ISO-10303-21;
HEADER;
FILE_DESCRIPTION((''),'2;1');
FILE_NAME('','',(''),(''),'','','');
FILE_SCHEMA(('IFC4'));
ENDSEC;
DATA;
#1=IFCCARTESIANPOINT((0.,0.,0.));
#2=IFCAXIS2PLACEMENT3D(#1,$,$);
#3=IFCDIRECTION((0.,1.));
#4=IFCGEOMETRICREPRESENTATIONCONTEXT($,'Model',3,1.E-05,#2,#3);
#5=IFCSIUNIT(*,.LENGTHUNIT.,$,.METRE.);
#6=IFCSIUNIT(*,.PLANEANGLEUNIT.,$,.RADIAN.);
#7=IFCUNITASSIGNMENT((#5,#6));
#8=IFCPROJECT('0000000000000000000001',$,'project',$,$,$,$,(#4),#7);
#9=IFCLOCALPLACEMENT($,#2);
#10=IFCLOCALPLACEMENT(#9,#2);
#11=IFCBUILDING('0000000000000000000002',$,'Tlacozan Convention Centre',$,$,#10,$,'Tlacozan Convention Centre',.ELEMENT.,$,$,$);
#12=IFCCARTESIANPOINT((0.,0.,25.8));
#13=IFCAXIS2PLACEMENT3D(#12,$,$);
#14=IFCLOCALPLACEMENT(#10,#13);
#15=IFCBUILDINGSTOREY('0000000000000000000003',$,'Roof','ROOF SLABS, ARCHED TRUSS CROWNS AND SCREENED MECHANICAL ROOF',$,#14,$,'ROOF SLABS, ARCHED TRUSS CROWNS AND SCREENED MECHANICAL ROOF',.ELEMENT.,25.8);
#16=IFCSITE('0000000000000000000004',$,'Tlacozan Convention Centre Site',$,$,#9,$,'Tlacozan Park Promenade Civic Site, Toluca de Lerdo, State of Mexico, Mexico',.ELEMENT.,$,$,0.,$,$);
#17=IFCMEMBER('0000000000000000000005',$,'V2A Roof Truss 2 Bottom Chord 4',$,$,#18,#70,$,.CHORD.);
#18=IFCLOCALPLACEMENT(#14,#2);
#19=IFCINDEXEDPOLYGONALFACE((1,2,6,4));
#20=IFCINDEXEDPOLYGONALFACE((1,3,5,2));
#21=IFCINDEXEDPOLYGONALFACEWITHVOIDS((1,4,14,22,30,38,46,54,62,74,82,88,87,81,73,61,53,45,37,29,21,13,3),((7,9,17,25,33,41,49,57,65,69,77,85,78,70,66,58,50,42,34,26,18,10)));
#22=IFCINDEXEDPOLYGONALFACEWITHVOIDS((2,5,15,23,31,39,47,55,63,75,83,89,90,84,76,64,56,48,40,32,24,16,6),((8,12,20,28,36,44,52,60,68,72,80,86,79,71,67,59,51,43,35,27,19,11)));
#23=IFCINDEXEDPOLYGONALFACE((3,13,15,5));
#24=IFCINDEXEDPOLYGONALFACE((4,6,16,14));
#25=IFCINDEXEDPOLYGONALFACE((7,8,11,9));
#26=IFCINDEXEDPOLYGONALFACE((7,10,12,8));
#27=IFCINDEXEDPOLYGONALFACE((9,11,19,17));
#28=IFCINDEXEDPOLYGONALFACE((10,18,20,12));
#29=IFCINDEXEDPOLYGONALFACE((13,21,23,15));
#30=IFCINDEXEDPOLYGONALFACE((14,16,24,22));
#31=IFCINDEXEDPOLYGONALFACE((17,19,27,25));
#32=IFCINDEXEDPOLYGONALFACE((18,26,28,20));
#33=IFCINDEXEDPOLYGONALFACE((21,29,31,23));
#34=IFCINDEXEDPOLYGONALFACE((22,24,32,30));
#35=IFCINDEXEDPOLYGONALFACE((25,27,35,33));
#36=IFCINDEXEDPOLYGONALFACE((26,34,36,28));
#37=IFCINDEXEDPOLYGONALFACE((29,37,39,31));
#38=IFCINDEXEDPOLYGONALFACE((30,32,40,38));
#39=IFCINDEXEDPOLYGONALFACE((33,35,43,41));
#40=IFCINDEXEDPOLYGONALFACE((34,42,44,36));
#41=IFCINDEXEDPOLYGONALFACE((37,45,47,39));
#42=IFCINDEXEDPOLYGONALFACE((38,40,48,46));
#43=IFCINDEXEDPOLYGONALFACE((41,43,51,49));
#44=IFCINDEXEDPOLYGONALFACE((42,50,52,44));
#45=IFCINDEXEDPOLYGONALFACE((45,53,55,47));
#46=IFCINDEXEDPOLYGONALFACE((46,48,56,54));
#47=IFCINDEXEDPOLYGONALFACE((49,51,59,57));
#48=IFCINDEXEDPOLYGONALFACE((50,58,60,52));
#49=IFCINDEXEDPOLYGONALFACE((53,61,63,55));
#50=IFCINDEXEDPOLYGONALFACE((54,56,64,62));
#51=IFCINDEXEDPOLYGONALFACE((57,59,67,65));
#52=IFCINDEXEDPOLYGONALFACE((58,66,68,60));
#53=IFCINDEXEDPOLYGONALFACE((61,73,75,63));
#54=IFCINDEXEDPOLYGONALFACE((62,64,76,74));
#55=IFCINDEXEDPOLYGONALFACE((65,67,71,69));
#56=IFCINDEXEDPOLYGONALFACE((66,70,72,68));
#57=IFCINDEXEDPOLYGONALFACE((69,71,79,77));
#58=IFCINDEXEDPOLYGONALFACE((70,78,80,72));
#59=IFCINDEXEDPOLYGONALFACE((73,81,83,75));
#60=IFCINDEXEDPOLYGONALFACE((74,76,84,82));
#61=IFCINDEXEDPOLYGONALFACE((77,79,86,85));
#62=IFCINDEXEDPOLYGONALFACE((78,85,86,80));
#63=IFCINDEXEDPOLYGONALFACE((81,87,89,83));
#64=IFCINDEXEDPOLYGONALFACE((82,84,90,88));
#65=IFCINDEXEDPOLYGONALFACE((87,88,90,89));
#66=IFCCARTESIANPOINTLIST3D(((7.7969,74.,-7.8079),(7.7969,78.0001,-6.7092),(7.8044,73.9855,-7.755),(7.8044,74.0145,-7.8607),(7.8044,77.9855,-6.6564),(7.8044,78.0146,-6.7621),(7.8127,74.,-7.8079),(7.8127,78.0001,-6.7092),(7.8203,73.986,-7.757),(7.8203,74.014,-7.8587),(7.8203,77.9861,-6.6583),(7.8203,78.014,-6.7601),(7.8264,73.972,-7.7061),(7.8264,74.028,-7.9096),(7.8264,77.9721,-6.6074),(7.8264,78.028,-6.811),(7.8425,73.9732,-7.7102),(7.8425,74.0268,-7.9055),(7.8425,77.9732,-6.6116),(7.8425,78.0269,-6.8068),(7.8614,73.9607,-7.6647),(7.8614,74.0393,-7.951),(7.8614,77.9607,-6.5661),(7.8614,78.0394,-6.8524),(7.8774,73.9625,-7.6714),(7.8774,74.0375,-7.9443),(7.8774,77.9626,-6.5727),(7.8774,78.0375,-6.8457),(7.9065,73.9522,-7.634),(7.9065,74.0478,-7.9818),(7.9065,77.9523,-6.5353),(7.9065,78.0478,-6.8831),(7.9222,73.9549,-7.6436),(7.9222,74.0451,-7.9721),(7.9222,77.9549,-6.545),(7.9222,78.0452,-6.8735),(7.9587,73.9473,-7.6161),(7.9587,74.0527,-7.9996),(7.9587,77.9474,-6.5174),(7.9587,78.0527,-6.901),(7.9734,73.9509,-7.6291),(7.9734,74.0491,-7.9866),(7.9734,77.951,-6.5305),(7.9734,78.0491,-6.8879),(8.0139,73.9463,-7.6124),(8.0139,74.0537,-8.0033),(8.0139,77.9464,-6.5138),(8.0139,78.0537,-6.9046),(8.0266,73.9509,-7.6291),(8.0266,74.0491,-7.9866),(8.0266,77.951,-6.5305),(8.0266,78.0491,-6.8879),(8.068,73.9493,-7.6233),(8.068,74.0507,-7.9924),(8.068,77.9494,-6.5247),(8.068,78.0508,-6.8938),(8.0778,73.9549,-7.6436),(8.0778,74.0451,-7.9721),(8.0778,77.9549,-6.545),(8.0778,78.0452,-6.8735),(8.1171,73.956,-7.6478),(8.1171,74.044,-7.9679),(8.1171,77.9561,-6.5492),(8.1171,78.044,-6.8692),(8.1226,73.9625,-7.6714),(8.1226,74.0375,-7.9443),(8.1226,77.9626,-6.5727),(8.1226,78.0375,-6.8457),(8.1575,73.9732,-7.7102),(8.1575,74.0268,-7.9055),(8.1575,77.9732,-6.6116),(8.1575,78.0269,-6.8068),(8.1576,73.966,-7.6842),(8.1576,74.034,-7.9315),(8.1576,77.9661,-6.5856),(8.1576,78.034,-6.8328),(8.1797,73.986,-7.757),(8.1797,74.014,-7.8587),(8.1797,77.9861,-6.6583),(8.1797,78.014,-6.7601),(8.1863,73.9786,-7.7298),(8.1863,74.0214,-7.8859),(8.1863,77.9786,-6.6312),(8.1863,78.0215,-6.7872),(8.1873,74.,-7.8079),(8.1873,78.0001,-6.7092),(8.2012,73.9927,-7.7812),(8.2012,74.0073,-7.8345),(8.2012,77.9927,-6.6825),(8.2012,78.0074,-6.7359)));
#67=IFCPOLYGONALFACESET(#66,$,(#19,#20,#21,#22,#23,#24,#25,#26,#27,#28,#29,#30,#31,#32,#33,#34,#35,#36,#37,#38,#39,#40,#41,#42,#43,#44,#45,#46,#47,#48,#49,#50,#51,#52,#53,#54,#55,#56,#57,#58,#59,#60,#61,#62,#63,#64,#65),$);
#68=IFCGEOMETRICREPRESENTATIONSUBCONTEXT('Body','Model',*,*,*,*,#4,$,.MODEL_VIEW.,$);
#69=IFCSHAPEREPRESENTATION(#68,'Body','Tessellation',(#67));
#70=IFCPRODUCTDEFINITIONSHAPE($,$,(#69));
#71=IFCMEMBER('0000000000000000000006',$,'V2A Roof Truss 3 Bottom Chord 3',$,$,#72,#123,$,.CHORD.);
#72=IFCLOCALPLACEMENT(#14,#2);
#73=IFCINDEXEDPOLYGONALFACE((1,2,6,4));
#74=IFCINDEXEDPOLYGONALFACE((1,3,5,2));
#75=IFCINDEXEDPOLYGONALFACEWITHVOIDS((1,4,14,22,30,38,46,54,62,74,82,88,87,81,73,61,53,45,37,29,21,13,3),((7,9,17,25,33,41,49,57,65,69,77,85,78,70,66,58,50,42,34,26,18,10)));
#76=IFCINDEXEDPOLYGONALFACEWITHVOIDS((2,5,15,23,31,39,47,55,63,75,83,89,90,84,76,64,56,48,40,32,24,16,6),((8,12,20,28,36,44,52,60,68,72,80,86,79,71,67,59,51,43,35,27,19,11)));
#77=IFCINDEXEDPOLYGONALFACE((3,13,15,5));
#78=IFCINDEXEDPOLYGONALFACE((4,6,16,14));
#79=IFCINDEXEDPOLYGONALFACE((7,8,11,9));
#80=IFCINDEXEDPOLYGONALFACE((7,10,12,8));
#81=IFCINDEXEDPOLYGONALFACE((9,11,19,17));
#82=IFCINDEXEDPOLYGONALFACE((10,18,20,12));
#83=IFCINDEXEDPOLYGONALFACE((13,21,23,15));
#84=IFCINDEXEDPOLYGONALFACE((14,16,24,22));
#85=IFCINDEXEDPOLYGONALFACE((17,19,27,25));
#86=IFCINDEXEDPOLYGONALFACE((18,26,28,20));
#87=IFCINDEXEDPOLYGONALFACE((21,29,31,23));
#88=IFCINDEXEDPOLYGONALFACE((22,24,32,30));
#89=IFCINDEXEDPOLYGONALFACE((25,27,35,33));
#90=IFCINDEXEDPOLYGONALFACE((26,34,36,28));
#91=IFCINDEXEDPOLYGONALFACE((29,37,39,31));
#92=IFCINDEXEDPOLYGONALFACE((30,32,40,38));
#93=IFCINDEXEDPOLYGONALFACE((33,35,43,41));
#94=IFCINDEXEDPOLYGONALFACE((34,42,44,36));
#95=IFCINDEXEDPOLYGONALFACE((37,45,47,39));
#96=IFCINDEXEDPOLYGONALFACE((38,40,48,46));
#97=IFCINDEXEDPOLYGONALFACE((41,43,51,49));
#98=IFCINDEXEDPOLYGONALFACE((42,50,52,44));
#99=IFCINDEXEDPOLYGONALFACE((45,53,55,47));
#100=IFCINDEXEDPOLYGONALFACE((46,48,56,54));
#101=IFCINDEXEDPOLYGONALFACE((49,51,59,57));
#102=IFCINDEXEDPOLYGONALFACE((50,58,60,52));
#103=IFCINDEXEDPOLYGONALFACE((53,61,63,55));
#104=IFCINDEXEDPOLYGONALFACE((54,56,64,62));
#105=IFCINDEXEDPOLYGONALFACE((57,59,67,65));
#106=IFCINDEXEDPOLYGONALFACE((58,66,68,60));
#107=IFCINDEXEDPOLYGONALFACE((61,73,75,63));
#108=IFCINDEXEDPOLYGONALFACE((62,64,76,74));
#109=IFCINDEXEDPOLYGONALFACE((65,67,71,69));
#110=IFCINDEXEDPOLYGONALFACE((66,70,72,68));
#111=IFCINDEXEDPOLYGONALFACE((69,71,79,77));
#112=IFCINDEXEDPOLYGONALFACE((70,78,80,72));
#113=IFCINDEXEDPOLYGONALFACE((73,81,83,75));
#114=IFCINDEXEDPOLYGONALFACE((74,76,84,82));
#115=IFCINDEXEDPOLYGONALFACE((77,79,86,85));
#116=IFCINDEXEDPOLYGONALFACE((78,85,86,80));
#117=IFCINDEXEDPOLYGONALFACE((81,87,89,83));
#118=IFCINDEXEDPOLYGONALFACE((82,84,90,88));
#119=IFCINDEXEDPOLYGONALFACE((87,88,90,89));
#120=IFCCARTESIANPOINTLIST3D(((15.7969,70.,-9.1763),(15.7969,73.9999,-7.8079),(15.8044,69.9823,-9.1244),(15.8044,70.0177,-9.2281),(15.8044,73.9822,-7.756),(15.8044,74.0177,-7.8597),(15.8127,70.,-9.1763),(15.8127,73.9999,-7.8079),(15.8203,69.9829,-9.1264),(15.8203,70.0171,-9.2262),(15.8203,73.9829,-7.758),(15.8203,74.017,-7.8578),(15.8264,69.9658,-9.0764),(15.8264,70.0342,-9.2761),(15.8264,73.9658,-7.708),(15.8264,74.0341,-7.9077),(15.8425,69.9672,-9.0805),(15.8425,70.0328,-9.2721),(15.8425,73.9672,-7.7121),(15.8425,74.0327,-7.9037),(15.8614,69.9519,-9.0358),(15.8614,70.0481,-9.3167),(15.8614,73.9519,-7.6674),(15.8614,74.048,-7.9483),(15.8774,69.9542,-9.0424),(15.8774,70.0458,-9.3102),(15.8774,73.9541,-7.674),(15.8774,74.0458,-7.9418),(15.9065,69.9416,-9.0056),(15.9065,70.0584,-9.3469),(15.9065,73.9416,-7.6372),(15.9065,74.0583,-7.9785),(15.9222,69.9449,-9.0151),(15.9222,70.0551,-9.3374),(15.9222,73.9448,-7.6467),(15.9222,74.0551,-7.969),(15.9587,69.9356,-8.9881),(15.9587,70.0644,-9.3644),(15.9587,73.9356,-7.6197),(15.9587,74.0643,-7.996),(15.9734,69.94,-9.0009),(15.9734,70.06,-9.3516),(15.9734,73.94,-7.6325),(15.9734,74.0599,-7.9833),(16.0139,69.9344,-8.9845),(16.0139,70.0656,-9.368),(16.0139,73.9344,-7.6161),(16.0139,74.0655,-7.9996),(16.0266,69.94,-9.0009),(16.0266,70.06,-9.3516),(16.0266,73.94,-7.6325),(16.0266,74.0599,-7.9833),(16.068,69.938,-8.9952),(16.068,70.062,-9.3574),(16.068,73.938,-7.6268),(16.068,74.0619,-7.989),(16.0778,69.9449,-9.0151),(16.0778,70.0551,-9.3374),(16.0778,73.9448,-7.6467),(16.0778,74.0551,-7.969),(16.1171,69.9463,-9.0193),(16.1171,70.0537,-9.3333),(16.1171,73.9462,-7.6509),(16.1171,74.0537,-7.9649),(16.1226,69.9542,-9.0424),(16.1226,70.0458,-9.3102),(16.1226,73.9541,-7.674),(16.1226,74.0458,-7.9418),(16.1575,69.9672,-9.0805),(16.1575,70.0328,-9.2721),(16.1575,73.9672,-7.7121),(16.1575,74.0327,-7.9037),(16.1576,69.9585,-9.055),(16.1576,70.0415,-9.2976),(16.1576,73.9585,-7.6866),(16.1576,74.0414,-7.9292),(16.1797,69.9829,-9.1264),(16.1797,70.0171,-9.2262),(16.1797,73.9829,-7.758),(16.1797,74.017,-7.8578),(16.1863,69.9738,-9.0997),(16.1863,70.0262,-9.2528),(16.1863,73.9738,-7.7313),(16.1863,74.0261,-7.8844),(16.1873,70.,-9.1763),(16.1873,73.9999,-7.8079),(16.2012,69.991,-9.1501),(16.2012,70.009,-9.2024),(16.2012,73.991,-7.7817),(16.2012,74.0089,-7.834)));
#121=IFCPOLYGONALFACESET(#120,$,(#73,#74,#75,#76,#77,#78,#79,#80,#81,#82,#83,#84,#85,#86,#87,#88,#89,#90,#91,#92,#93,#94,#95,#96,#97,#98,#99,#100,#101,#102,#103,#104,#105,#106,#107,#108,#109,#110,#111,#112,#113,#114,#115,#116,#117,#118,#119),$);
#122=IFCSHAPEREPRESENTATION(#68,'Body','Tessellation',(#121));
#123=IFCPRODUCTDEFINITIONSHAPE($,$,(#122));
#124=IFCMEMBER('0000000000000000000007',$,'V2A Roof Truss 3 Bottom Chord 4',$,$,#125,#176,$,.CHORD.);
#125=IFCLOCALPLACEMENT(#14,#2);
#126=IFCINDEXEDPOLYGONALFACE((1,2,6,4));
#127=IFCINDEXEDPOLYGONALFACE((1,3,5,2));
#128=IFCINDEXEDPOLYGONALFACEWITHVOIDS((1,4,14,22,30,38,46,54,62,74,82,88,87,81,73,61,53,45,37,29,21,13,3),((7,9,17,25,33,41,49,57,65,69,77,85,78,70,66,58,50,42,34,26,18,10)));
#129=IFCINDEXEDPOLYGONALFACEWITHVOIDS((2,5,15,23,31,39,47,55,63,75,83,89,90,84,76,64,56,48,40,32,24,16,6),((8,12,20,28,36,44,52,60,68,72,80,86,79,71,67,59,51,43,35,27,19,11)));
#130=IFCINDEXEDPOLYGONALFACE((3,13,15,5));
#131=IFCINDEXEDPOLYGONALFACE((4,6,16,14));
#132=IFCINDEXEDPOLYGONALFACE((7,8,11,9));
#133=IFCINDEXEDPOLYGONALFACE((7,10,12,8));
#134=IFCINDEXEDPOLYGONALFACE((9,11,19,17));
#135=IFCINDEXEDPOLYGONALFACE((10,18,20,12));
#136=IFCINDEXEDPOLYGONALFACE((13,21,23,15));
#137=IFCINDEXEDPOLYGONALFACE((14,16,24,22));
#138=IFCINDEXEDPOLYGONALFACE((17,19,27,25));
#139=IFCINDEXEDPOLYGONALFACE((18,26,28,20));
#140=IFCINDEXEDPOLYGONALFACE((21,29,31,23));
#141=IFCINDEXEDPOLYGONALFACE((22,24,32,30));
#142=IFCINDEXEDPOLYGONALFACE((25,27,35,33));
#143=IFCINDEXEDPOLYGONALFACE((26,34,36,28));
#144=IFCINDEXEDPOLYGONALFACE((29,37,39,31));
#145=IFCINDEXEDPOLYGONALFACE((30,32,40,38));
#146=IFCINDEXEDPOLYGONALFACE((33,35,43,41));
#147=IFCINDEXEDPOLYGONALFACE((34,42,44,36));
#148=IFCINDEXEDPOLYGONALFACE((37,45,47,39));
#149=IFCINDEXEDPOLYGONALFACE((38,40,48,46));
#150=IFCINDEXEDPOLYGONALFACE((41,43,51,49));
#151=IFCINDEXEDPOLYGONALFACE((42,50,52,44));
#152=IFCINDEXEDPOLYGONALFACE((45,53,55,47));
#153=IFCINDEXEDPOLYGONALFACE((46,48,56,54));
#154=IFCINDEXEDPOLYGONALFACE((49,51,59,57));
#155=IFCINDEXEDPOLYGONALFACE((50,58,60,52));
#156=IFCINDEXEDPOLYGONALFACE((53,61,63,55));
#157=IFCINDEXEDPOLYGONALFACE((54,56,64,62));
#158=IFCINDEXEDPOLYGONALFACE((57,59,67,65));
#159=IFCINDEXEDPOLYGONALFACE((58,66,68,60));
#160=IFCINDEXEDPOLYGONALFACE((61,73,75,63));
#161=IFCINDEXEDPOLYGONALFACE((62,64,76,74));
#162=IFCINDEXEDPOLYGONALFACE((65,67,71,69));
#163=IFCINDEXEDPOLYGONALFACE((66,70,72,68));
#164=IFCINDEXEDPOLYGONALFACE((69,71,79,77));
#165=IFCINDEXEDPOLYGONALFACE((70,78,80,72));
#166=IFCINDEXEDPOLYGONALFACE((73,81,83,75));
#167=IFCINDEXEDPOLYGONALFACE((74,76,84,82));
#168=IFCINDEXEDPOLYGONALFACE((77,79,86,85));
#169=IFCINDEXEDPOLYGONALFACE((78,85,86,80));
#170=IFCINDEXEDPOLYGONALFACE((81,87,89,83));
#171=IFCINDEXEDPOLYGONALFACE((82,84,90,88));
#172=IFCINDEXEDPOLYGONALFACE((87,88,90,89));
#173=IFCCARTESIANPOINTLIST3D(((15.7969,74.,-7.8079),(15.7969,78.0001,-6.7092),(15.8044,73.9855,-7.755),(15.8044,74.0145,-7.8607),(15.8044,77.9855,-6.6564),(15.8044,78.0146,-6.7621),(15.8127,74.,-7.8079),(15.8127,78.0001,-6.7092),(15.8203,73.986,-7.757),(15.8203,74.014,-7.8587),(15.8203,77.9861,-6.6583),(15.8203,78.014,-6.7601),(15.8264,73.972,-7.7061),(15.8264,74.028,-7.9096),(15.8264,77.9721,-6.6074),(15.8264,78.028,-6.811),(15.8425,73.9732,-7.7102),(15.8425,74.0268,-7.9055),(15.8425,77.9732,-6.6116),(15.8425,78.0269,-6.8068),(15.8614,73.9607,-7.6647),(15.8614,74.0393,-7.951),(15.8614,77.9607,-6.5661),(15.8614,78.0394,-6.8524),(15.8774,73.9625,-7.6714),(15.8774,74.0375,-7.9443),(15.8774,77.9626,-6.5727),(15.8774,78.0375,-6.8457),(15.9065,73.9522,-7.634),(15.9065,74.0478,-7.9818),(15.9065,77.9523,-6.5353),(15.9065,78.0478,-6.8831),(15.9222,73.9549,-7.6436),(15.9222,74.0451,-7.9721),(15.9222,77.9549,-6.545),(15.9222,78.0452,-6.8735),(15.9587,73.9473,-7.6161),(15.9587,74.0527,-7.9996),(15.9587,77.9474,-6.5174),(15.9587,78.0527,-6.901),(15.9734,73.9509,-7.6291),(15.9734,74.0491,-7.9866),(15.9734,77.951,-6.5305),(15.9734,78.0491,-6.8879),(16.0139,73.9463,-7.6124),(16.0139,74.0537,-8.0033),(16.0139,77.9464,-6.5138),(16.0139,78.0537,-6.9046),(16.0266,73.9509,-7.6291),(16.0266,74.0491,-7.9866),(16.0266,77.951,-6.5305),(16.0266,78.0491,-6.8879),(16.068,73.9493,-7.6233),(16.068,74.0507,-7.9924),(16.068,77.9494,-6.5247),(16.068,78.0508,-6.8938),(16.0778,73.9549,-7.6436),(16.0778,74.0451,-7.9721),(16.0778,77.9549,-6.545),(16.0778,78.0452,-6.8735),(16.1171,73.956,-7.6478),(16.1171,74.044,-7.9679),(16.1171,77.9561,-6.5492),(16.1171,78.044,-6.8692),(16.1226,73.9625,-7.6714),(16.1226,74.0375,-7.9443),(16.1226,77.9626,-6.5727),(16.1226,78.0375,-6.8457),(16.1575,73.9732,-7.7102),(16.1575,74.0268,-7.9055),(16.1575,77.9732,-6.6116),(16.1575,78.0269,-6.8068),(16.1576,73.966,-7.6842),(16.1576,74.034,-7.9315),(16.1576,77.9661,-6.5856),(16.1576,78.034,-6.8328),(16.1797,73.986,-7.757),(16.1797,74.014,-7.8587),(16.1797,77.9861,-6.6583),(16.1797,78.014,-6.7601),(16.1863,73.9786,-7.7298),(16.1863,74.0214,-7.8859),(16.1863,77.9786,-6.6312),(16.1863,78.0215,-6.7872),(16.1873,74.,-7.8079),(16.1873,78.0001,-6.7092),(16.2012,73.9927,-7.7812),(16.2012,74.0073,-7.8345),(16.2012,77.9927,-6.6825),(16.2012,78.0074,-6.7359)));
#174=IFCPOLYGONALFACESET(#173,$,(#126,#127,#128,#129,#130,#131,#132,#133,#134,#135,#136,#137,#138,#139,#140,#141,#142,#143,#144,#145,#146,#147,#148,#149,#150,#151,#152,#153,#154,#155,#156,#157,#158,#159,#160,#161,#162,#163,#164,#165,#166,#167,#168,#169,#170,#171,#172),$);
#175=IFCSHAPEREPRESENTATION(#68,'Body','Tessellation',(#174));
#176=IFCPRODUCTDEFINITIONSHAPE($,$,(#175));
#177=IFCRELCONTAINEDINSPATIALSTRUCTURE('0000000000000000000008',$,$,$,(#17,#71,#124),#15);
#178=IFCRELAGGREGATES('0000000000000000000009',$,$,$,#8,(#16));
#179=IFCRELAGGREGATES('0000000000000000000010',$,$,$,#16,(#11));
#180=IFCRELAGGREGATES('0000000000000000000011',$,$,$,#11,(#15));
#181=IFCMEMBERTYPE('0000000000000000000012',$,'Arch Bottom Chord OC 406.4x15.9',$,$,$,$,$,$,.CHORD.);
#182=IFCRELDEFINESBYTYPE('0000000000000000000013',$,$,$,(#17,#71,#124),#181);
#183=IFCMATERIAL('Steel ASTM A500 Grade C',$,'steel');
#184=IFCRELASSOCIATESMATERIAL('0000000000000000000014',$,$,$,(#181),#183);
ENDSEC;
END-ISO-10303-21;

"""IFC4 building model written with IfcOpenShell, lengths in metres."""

from ifc_helpers import new_model, si_unit, direction, frame, origin, origin_2d, place, context, subcontext, project, spatial, hollow_circle, extrude, material, material_profile, profile_set, type_object, element, save


model = new_model("IFC4")

# Units and contexts
model_context = context("Model", 3, precision=1e-05, world=origin(), true_north=direction((0.0, 1.0)))
body_context = subcontext(model_context, "Body", "Model", "MODEL_VIEW")
ifc_project = project(units=[si_unit("LENGTHUNIT", "METRE"), si_unit("PLANEANGLEUNIT", "RADIAN")], contexts=[model_context])

# Site, building, storey
site_placement = place(None, origin())
site = spatial("IfcSite", under=ifc_project, at=site_placement, Name="Tlacozan Convention Centre Site", LongName="Tlacozan Park Promenade Civic Site, Toluca de Lerdo, State of Mexico, Mexico", CompositionType="ELEMENT", RefElevation=0.0)
building_placement = place(site_placement, origin())
building = spatial("IfcBuilding", under=site, at=building_placement, Name="Tlacozan Convention Centre", LongName="Tlacozan Convention Centre", CompositionType="ELEMENT")
storey_placement = place(building_placement, frame((0.0, 0.0, 25.8)))
storey = spatial("IfcBuildingStorey", under=building, at=storey_placement, Name="Roof", Description="ROOF SLABS, ARCHED TRUSS CROWNS AND SCREENED MECHANICAL ROOF", LongName="ROOF SLABS, ARCHED TRUSS CROWNS AND SCREENED MECHANICAL ROOF", CompositionType="ELEMENT", Elevation=25.8)

# Members
ifc_material_1 = material(Name="Steel ASTM A500 Grade C", Category="steel")
ifc_material_profile_1 = material_profile(ifc_material_1, hollow_circle(Radius=0.2031, WallThickness=0.0159, at=origin_2d()), Name="OC 406.4x15.9")
ifc_profile_set_1 = profile_set([ifc_material_profile_1], Name="Steel ASTM A500 Grade C")
member_type_1 = type_object("IfcMemberType", Name="Arch Bottom Chord OC 406.4x15.9", PredefinedType="CHORD", material=ifc_profile_set_1)
member_1_placement = place(storey_placement, frame((8.0, 74.0, -7.8079), z_axis=(0.0, 0.96429, 0.26485), x_axis=(-1.0, 0.0, 0.0)))
element("IfcMember", 1, at=member_1_placement, inside=storey, type_object=member_type_1, Name="V2A Roof Truss 2 Bottom Chord 4", PredefinedType="CHORD", context=body_context, shape_type="SweptSolid", body=[
    extrude(hollow_circle(Radius=0.2031, WallThickness=0.0159, at=origin_2d()), origin(), (0.0, 0.0, 1.0), 4.1482),
])
member_2_placement = place(storey_placement, frame((16.0, 70.0, -9.1763), z_axis=(0.0, 0.946165, 0.323685), x_axis=(-1.0, 0.0, 0.0)))
element("IfcMember", 2, at=member_2_placement, inside=storey, type_object=member_type_1, Name="V2A Roof Truss 3 Bottom Chord 3", PredefinedType="CHORD", context=body_context, shape_type="SweptSolid", body=[
    extrude(hollow_circle(Radius=0.2031, WallThickness=0.0159, at=origin_2d()), origin(), (0.0, 0.0, 1.0), 4.2275),
])
member_3_placement = place(storey_placement, frame((16.0, 74.0, -7.8079), z_axis=(0.0, 0.96429, 0.26485), x_axis=(-1.0, 0.0, 0.0)))
element("IfcMember", 3, at=member_3_placement, inside=storey, type_object=member_type_1, Name="V2A Roof Truss 3 Bottom Chord 4", PredefinedType="CHORD", context=body_context, shape_type="SweptSolid", body=[
    extrude(hollow_circle(Radius=0.2031, WallThickness=0.0159, at=origin_2d()), origin(), (0.0, 0.0, 1.0), 4.1482),
])

save(model, "model.ifc")
